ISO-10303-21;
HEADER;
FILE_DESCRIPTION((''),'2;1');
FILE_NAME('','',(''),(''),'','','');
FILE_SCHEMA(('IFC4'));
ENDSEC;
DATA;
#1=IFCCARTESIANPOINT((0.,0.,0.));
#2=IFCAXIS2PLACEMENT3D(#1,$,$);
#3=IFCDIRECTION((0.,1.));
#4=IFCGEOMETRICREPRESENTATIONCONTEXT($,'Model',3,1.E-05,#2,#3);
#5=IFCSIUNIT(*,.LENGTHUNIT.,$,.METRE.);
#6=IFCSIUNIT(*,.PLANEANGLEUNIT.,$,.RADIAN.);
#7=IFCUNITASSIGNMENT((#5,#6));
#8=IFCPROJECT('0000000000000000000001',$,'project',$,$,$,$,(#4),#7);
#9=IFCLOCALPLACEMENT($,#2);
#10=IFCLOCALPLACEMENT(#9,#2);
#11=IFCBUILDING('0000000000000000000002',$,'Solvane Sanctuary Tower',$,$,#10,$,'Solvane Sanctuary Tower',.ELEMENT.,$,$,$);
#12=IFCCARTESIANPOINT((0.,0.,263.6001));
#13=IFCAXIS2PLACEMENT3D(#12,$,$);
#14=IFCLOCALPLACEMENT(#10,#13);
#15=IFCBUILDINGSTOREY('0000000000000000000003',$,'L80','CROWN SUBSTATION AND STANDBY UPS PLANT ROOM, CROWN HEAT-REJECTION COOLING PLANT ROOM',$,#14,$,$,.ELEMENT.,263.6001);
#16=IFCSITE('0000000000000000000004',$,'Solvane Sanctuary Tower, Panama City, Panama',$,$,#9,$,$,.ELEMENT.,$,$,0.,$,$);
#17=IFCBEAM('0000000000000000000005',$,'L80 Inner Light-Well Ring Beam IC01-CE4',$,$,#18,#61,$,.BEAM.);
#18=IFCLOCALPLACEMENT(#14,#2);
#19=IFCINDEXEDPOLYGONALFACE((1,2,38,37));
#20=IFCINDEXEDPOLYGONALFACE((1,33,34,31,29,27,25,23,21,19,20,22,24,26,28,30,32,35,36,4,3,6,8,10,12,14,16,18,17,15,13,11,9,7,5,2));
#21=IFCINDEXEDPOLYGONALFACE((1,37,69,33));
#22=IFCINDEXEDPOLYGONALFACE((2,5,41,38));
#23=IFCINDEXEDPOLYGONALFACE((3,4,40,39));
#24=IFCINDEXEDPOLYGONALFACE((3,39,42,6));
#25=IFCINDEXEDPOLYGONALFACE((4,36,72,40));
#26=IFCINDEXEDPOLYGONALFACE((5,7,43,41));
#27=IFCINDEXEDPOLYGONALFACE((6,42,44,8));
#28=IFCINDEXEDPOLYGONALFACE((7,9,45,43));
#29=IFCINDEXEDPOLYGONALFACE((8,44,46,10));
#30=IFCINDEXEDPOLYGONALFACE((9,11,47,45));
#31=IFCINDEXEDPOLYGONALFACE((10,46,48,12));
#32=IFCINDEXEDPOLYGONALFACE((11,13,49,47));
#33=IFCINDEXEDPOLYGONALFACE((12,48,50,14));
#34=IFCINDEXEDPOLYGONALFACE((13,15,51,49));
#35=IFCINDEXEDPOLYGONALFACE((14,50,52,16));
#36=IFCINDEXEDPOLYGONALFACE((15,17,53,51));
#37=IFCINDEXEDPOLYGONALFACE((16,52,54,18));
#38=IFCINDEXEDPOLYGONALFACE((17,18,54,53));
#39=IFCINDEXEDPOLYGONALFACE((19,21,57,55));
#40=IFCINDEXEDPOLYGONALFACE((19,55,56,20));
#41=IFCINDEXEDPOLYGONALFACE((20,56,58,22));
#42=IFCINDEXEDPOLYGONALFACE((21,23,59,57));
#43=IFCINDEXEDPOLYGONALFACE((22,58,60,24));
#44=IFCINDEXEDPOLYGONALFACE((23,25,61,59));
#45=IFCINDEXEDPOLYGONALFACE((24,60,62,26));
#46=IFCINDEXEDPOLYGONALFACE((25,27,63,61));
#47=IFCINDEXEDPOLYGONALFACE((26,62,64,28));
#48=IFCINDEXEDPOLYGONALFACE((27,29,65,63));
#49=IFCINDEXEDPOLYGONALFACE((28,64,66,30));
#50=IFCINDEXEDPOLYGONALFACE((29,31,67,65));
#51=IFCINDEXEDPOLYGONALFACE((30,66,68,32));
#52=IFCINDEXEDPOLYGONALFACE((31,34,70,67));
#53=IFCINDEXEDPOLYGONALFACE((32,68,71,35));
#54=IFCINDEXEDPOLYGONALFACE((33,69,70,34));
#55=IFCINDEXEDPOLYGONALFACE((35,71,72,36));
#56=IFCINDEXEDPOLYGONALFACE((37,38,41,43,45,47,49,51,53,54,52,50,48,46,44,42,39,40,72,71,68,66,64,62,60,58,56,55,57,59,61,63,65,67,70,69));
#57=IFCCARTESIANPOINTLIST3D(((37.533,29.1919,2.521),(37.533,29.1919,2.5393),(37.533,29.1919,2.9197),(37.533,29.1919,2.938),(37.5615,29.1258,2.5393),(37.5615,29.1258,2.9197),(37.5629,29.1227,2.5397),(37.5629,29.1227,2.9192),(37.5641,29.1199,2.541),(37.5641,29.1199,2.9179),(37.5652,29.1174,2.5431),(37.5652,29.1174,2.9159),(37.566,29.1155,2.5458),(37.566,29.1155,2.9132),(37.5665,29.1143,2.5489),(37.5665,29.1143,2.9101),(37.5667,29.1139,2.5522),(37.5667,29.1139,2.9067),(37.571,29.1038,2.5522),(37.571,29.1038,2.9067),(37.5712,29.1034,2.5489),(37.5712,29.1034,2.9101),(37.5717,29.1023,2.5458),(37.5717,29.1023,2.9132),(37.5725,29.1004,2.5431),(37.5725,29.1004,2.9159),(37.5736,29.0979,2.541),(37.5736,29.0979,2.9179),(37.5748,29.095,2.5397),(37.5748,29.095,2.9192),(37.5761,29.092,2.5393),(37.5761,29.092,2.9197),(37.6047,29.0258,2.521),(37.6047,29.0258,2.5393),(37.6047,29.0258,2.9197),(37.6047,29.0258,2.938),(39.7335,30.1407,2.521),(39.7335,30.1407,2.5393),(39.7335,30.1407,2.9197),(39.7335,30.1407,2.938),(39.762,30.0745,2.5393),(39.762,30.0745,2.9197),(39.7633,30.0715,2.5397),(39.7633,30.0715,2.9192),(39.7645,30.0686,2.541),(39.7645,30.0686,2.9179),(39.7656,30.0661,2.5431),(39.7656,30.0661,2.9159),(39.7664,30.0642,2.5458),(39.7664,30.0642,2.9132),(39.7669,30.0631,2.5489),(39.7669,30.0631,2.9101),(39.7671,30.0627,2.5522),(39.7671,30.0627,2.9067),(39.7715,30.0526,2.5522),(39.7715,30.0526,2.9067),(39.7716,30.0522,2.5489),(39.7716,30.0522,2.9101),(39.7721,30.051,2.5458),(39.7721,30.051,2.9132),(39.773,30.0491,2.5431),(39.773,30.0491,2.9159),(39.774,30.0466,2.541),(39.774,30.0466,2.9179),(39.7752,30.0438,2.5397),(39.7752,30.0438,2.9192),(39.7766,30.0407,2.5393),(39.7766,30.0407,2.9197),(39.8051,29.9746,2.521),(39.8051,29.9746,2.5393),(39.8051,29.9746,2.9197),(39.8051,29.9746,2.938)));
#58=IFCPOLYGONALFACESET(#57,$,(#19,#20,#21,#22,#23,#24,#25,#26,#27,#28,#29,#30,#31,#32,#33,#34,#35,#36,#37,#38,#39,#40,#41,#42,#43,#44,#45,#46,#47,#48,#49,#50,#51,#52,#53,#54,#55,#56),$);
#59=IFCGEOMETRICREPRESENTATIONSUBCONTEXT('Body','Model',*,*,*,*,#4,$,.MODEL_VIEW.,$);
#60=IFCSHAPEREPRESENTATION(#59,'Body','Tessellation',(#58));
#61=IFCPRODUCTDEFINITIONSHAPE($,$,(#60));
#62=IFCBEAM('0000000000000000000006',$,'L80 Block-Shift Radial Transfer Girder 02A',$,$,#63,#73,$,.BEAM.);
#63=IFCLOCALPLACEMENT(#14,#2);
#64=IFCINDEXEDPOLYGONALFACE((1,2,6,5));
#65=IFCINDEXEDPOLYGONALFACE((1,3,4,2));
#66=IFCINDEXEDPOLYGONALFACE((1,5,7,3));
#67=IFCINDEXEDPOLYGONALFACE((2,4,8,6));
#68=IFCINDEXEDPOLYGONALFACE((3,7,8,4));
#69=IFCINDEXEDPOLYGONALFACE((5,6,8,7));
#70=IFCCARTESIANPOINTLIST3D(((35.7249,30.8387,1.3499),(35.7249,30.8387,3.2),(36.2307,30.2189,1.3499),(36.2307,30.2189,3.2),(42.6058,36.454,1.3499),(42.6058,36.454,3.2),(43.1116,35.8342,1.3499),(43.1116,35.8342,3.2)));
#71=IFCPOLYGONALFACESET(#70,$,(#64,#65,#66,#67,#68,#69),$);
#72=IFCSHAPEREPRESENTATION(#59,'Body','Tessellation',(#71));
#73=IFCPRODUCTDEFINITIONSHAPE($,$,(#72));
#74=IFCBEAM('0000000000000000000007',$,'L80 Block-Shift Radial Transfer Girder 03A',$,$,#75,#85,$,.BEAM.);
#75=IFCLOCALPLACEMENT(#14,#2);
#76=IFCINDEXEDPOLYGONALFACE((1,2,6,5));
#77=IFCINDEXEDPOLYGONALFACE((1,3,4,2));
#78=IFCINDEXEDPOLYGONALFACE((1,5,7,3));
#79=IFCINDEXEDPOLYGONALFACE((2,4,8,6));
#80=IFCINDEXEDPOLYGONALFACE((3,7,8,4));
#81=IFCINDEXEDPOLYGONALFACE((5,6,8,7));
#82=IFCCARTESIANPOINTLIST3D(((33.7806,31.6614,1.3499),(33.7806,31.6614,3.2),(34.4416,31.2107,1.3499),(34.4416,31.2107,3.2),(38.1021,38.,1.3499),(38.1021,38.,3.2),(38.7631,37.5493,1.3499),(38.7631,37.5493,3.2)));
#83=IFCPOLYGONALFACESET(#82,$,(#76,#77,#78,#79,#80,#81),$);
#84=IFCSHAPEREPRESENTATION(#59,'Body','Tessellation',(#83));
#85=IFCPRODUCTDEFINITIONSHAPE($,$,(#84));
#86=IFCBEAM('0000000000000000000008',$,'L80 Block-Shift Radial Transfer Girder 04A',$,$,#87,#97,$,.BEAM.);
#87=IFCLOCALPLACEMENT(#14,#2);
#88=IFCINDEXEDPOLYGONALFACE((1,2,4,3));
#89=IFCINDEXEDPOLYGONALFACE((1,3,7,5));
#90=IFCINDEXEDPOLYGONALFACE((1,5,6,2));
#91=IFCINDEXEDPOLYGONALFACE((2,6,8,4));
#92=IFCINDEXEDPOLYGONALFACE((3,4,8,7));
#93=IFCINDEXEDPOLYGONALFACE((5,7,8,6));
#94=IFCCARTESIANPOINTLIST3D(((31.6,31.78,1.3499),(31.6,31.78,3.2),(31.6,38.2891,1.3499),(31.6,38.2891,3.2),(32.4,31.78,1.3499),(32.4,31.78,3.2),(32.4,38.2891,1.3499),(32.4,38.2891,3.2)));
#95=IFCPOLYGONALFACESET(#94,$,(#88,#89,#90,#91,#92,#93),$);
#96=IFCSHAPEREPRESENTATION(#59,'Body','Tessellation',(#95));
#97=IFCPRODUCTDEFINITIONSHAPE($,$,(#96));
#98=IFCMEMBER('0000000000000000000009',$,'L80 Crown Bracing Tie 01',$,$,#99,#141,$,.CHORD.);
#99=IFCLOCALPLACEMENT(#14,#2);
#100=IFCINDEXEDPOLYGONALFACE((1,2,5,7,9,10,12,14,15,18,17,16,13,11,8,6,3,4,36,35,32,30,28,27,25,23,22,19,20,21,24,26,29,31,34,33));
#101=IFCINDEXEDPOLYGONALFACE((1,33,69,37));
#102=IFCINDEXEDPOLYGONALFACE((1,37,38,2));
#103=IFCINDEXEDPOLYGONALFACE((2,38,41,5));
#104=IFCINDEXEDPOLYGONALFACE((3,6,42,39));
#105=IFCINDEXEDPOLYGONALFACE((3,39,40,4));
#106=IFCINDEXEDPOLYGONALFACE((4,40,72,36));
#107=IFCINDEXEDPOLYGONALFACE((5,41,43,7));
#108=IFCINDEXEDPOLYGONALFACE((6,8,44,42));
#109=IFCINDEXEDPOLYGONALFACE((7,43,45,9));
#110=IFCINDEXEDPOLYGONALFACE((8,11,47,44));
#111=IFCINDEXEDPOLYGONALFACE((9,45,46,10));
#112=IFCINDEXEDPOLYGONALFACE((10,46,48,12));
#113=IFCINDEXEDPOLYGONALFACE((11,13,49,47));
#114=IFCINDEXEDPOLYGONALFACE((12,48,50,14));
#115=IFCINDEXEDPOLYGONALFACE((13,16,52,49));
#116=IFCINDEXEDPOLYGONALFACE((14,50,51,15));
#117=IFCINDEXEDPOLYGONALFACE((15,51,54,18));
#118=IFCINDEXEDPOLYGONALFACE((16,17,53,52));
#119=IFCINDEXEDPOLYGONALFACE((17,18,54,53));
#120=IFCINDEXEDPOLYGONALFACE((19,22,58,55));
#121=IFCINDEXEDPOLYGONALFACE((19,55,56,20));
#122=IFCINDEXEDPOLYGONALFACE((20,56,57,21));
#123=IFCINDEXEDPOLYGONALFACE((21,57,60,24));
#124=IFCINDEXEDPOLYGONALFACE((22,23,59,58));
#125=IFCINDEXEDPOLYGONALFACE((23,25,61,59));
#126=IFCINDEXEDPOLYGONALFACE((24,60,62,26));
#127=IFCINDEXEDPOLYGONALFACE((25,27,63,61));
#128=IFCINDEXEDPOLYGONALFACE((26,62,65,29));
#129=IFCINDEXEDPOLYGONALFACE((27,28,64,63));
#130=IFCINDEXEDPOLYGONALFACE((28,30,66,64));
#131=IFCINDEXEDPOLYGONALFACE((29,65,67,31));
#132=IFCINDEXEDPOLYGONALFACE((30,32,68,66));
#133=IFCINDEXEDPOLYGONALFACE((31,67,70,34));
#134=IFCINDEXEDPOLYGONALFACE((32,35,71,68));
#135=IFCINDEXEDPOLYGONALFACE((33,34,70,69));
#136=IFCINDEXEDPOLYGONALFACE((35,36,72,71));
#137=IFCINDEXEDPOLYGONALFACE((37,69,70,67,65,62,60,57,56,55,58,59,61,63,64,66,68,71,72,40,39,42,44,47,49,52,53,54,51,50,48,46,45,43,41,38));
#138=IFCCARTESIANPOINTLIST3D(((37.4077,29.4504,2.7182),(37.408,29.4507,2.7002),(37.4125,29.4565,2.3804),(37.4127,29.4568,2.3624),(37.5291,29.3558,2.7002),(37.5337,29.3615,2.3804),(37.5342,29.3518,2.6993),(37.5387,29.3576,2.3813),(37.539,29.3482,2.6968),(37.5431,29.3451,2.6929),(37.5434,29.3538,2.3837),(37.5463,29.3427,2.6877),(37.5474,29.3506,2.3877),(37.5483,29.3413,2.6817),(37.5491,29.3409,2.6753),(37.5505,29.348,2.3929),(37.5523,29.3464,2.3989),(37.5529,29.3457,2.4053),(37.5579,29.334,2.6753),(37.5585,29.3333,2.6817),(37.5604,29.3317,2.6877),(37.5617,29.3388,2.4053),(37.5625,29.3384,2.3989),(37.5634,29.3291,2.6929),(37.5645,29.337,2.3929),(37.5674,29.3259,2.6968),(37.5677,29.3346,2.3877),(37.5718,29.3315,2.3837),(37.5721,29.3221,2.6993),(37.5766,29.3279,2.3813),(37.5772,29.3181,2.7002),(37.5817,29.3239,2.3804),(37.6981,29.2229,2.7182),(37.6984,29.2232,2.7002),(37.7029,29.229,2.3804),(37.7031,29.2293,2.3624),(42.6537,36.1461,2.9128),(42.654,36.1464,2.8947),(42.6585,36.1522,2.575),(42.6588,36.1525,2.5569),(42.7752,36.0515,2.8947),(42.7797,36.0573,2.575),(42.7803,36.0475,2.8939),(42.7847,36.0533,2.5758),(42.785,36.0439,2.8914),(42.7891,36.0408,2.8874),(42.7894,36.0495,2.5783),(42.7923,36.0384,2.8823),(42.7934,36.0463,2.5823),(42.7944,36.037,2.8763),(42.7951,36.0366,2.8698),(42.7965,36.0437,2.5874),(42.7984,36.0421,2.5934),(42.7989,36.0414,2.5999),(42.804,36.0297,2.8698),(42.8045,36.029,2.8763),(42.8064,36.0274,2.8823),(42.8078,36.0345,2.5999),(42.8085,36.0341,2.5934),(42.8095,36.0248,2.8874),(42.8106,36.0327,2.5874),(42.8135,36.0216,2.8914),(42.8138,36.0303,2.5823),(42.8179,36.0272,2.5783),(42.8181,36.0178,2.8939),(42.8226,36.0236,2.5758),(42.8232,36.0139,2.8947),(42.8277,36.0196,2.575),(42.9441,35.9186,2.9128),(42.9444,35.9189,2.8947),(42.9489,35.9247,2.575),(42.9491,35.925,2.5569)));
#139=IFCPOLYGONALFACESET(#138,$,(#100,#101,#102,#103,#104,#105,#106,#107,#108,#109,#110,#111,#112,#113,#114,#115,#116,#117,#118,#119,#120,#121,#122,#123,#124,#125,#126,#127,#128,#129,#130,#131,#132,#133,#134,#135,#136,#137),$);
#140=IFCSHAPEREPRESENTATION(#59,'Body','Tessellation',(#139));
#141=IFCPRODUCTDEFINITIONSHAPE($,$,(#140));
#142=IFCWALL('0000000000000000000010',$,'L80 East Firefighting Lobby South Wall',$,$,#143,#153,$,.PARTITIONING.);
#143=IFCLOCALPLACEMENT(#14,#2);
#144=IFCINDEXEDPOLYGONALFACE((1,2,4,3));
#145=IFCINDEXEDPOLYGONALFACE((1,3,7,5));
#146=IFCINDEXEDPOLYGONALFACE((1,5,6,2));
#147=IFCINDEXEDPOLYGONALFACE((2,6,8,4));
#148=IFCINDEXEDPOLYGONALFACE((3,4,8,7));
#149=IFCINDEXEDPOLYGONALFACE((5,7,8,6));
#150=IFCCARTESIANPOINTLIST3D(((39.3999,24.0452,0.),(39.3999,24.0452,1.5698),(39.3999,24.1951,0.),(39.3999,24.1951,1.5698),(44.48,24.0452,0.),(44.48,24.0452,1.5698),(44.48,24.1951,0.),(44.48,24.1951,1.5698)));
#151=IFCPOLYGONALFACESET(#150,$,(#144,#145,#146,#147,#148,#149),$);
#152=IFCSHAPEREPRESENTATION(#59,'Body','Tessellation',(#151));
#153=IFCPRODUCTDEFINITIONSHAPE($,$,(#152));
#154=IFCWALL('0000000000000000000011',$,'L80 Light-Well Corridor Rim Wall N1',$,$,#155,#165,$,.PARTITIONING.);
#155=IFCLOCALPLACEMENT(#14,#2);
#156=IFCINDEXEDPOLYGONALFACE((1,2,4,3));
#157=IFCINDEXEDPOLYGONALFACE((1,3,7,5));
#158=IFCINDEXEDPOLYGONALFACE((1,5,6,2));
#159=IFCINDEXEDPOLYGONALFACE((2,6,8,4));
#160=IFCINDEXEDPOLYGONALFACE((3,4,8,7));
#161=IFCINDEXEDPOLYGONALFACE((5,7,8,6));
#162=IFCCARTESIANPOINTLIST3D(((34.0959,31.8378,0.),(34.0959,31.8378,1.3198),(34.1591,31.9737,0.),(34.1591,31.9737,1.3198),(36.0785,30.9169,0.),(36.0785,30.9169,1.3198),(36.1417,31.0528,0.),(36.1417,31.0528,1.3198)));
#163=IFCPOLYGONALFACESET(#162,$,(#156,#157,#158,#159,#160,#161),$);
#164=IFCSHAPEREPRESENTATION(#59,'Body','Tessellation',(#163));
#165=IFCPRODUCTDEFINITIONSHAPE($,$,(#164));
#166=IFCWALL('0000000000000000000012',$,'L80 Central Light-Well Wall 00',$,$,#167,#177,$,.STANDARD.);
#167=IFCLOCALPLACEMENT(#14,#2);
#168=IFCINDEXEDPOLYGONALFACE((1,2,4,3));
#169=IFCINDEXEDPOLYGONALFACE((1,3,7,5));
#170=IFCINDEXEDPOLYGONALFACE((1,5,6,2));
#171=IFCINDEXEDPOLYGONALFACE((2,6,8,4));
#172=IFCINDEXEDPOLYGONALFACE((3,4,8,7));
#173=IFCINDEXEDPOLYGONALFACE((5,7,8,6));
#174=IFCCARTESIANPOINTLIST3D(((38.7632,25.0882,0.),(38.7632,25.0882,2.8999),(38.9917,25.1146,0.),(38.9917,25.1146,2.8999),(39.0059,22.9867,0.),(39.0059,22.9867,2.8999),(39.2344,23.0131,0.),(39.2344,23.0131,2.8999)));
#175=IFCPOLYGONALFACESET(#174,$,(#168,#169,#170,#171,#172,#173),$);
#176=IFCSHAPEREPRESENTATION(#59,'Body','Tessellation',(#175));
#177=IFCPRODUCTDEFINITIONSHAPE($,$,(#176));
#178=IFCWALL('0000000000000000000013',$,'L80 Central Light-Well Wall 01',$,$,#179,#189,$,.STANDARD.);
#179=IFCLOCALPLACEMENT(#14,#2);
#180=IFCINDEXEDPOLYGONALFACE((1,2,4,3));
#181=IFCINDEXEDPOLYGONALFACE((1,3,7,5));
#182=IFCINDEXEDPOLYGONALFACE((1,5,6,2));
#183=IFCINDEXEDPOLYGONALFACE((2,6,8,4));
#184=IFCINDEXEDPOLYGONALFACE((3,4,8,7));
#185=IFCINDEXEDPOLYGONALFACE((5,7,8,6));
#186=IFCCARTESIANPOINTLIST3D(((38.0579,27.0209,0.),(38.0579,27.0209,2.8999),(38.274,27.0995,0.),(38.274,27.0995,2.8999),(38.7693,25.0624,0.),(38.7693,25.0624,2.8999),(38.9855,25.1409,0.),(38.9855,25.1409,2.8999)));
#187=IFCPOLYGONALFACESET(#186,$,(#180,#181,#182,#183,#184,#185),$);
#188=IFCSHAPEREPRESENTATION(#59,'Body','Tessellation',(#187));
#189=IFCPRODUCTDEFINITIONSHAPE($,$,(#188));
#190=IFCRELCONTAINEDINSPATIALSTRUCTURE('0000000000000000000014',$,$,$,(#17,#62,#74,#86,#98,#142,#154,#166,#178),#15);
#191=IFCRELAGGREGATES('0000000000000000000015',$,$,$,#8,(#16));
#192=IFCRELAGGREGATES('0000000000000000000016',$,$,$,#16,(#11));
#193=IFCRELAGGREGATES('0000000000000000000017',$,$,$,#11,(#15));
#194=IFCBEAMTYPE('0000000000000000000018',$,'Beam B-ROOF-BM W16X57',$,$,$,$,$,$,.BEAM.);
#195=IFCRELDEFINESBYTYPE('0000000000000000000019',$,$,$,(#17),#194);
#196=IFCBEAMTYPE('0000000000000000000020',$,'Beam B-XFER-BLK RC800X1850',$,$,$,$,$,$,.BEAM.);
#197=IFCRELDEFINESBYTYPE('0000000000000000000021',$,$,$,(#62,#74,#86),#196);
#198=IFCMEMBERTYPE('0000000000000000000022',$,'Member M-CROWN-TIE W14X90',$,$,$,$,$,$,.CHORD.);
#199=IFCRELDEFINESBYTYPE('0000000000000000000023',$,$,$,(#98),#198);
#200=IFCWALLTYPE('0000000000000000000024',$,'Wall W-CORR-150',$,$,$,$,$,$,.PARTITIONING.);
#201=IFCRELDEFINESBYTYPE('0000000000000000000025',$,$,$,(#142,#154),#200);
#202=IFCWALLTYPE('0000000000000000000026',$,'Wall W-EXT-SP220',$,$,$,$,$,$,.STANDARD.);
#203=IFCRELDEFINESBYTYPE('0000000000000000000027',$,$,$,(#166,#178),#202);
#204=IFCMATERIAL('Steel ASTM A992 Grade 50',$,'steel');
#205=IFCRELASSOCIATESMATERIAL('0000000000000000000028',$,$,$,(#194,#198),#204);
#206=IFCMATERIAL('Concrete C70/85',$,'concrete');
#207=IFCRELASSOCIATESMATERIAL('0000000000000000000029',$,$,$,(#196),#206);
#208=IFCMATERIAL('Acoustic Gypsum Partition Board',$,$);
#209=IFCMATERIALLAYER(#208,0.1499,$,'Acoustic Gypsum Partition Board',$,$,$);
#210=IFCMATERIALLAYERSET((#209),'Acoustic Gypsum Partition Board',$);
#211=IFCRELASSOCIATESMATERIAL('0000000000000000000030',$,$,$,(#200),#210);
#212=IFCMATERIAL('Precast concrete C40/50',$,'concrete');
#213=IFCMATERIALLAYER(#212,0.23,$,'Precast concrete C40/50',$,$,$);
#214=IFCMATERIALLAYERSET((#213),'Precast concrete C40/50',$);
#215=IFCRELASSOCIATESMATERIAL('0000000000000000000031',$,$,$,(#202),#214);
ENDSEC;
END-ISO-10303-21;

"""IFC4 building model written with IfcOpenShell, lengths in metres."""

from ifc_helpers import new_model, si_unit, direction, frame, frame_2d, origin, origin_2d, place, context, subcontext, project, spatial, rectangle, i_section, extrude, material, layer, layer_set, material_profile, profile_set, type_object, element, save


model = new_model("IFC4")

# Units and contexts
model_context = context("Model", 3, precision=1e-05, world=origin(), true_north=direction((0.0, 1.0)))
body_context = subcontext(model_context, "Body", "Model", "MODEL_VIEW")
ifc_project = project(units=[si_unit("LENGTHUNIT", "METRE"), si_unit("PLANEANGLEUNIT", "RADIAN")], contexts=[model_context])

# Site, building, storey
site_placement = place(None, origin())
site = spatial("IfcSite", under=ifc_project, at=site_placement, Name="Solvane Sanctuary Tower, Panama City, Panama", CompositionType="ELEMENT", RefElevation=0.0)
building_placement = place(site_placement, origin())
building = spatial("IfcBuilding", under=site, at=building_placement, Name="Solvane Sanctuary Tower", LongName="Solvane Sanctuary Tower", CompositionType="ELEMENT")
storey_placement = place(building_placement, frame((0.0, 0.0, 263.6001)))
storey = spatial("IfcBuildingStorey", under=building, at=storey_placement, Name="L80", Description="CROWN SUBSTATION AND STANDBY UPS PLANT ROOM, CROWN HEAT-REJECTION COOLING PLANT ROOM", CompositionType="ELEMENT", Elevation=263.6001)

# Beams
ifc_material_1 = material(Name="Steel ASTM A992 Grade 50", Category="steel")
ifc_material_profile_1 = material_profile(ifc_material_1, i_section(OverallWidth=0.1809, OverallDepth=0.417, WebThickness=0.011, FlangeThickness=0.0183, FilletRadius=0.0129, at=origin_2d()), Name="W16X57")
ifc_profile_set_1 = profile_set([ifc_material_profile_1], Name="Steel ASTM A992 Grade 50")
beam_type_1 = type_object("IfcBeamType", Name="Beam B-ROOF-BM W16X57", PredefinedType="BEAM", material=ifc_profile_set_1)
beam_1_placement = place(storey_placement, frame((37.5688, 29.1089, 2.7295), z_axis=(0.918284, 0.395923, 0.0), x_axis=(-0.395923, 0.918284, 0.0)))
element("IfcBeam", 1, at=beam_1_placement, inside=storey, type_object=beam_type_1, Name="L80 Inner Light-Well Ring Beam IC01-CE4", PredefinedType="BEAM", context=body_context, shape_type="SweptSolid", body=[
    extrude(i_section(OverallWidth=0.1809, OverallDepth=0.417, WebThickness=0.011, FlangeThickness=0.0183, FilletRadius=0.0129, at=origin_2d()), origin(), (0.0, 0.0, 1.0), 2.3962),
])
ifc_material_2 = material(Name="Concrete C70/85", Category="concrete")
ifc_material_profile_2 = material_profile(ifc_material_2, rectangle(XDim=0.8, YDim=1.8501, at=origin_2d()), Name="RC800X1850")
ifc_profile_set_2 = profile_set([ifc_material_profile_2], Name="Concrete C70/85")
beam_type_2 = type_object("IfcBeamType", Name="Beam B-XFER-BLK RC800X1850", PredefinedType="BEAM", material=ifc_profile_set_2)
beam_2_placement = place(storey_placement, frame((35.9778, 30.5288, 2.2749), z_axis=(0.77476, 0.632255, 0.0), x_axis=(-0.632255, 0.77476, 0.0)))
element("IfcBeam", 2, at=beam_2_placement, inside=storey, type_object=beam_type_2, Name="L80 Block-Shift Radial Transfer Girder 02A", PredefinedType="BEAM", context=body_context, shape_type="SweptSolid", body=[
    extrude(rectangle(XDim=0.8, YDim=1.8501, at=origin_2d()), origin(), (0.0, 0.0, 1.0), 8.8813),
])
beam_3_placement = place(storey_placement, frame((34.1111, 31.436, 2.2749), z_axis=(0.563314, 0.826243, 0.0), x_axis=(-0.826243, 0.563314, 0.0)))
element("IfcBeam", 3, at=beam_3_placement, inside=storey, type_object=beam_type_2, Name="L80 Block-Shift Radial Transfer Girder 03A", PredefinedType="BEAM", context=body_context, shape_type="SweptSolid", body=[
    extrude(rectangle(XDim=0.8, YDim=1.8501, at=origin_2d()), origin(), (0.0, 0.0, 1.0), 7.6716),
])
beam_4_placement = place(storey_placement, frame((32.0, 31.78, 2.2749), z_axis=(0.0, 1.0, 0.0), x_axis=(-1.0, 0.0, 0.0)))
element("IfcBeam", 4, at=beam_4_placement, inside=storey, type_object=beam_type_2, Name="L80 Block-Shift Radial Transfer Girder 04A", PredefinedType="BEAM", context=body_context, shape_type="SweptSolid", body=[
    extrude(rectangle(XDim=0.8, YDim=1.8501, at=origin_2d()), origin(), (0.0, 0.0, 1.0), 6.509),
])

# Member
ifc_material_profile_3 = material_profile(ifc_material_1, i_section(OverallWidth=0.3689, OverallDepth=0.356, WebThickness=0.0112, FlangeThickness=0.0181, FilletRadius=0.0249, at=origin_2d()), Name="W14X90")
ifc_profile_set_3 = profile_set([ifc_material_profile_3], Name="Steel ASTM A992 Grade 50")
member_type = type_object("IfcMemberType", Name="Member M-CROWN-TIE W14X90", PredefinedType="CHORD", material=ifc_profile_set_3)
member_placement = place(storey_placement, frame((37.5554, 29.3398, 2.5403), z_axis=(0.616577, 0.786962, 0.022869), x_axis=(-0.787168, 0.616738, 0.0)))
element("IfcMember", 5, at=member_placement, inside=storey, type_object=member_type, Name="L80 Crown Bracing Tie 01", PredefinedType="CHORD", context=body_context, shape_type="SweptSolid", body=[
    extrude(i_section(OverallWidth=0.3689, OverallDepth=0.356, WebThickness=0.0112, FlangeThickness=0.0181, FilletRadius=0.0249, at=origin_2d()), origin(), (0.0, 0.0, 1.0), 8.5083),
])

# Walls
ifc_material_3 = material(Name="Acoustic Gypsum Partition Board")
ifc_layer_1 = layer(ifc_material_3, 0.1499, Name="Acoustic Gypsum Partition Board")
ifc_layer_set_1 = layer_set([ifc_layer_1], Name="Acoustic Gypsum Partition Board")
wall_type_1 = type_object("IfcWallType", Name="Wall W-CORR-150", PredefinedType="PARTITIONING", material=ifc_layer_set_1)
wall_1_placement = place(storey_placement, frame((39.3999, 24.1201, 0.0), z_axis=(0.0, 0.0, 1.0), x_axis=(1.0, 0.0, 0.0)))
element("IfcWall", 6, at=wall_1_placement, inside=storey, type_object=wall_type_1, Name="L80 East Firefighting Lobby South Wall", PredefinedType="PARTITIONING", context=body_context, shape_type="SweptSolid", body=[
    extrude(rectangle(XDim=5.0801, YDim=0.1499, at=frame_2d((2.54, 0.0))), origin(), (0.0, 0.0, 1.0), 1.5698),
])
wall_2_placement = place(storey_placement, frame((36.1101, 30.9849, 0.0), z_axis=(0.0, 0.0, 1.0), x_axis=(-0.906943, 0.421252, 0.0)))
element("IfcWall", 7, at=wall_2_placement, inside=storey, type_object=wall_type_1, Name="L80 Light-Well Corridor Rim Wall N1", PredefinedType="PARTITIONING", context=body_context, shape_type="SweptSolid", body=[
    extrude(rectangle(XDim=2.186, YDim=0.1499, at=frame_2d((1.093, 0.0))), origin(), (0.0, 0.0, 1.0), 1.3198),
])
ifc_material_4 = material(Name="Precast concrete C40/50", Category="concrete")
ifc_layer_2 = layer(ifc_material_4, 0.23, Name="Precast concrete C40/50")
ifc_layer_set_2 = layer_set([ifc_layer_2], Name="Precast concrete C40/50")
wall_type_2 = type_object("IfcWallType", Name="Wall W-EXT-SP220", PredefinedType="STANDARD", material=ifc_layer_set_2)
wall_3_placement = place(storey_placement, frame((39.1201, 23.0, 0.0), z_axis=(0.0, 0.0, 1.0), x_axis=(-0.114712, 0.993399, 0.0)))
element("IfcWall", 8, at=wall_3_placement, inside=storey, type_object=wall_type_2, Name="L80 Central Light-Well Wall 00", PredefinedType="STANDARD", context=body_context, shape_type="SweptSolid", body=[
    extrude(rectangle(XDim=2.1155, YDim=0.23, at=frame_2d((1.0576, 0.0))), origin(), (0.0, 0.0, 1.0), 2.8999),
])
wall_4_placement = place(storey_placement, frame((38.8774, 25.1016, 0.0), z_axis=(0.0, 0.0, 1.0), x_axis=(-0.341423, 0.93991, 0.0)))
element("IfcWall", 9, at=wall_4_placement, inside=storey, type_object=wall_type_2, Name="L80 Central Light-Well Wall 01", PredefinedType="STANDARD", context=body_context, shape_type="SweptSolid", body=[
    extrude(rectangle(XDim=2.0837, YDim=0.23, at=frame_2d((1.042, 0.0))), origin(), (0.0, 0.0, 1.0), 2.8999),
])

save(model, "model.ifc")
